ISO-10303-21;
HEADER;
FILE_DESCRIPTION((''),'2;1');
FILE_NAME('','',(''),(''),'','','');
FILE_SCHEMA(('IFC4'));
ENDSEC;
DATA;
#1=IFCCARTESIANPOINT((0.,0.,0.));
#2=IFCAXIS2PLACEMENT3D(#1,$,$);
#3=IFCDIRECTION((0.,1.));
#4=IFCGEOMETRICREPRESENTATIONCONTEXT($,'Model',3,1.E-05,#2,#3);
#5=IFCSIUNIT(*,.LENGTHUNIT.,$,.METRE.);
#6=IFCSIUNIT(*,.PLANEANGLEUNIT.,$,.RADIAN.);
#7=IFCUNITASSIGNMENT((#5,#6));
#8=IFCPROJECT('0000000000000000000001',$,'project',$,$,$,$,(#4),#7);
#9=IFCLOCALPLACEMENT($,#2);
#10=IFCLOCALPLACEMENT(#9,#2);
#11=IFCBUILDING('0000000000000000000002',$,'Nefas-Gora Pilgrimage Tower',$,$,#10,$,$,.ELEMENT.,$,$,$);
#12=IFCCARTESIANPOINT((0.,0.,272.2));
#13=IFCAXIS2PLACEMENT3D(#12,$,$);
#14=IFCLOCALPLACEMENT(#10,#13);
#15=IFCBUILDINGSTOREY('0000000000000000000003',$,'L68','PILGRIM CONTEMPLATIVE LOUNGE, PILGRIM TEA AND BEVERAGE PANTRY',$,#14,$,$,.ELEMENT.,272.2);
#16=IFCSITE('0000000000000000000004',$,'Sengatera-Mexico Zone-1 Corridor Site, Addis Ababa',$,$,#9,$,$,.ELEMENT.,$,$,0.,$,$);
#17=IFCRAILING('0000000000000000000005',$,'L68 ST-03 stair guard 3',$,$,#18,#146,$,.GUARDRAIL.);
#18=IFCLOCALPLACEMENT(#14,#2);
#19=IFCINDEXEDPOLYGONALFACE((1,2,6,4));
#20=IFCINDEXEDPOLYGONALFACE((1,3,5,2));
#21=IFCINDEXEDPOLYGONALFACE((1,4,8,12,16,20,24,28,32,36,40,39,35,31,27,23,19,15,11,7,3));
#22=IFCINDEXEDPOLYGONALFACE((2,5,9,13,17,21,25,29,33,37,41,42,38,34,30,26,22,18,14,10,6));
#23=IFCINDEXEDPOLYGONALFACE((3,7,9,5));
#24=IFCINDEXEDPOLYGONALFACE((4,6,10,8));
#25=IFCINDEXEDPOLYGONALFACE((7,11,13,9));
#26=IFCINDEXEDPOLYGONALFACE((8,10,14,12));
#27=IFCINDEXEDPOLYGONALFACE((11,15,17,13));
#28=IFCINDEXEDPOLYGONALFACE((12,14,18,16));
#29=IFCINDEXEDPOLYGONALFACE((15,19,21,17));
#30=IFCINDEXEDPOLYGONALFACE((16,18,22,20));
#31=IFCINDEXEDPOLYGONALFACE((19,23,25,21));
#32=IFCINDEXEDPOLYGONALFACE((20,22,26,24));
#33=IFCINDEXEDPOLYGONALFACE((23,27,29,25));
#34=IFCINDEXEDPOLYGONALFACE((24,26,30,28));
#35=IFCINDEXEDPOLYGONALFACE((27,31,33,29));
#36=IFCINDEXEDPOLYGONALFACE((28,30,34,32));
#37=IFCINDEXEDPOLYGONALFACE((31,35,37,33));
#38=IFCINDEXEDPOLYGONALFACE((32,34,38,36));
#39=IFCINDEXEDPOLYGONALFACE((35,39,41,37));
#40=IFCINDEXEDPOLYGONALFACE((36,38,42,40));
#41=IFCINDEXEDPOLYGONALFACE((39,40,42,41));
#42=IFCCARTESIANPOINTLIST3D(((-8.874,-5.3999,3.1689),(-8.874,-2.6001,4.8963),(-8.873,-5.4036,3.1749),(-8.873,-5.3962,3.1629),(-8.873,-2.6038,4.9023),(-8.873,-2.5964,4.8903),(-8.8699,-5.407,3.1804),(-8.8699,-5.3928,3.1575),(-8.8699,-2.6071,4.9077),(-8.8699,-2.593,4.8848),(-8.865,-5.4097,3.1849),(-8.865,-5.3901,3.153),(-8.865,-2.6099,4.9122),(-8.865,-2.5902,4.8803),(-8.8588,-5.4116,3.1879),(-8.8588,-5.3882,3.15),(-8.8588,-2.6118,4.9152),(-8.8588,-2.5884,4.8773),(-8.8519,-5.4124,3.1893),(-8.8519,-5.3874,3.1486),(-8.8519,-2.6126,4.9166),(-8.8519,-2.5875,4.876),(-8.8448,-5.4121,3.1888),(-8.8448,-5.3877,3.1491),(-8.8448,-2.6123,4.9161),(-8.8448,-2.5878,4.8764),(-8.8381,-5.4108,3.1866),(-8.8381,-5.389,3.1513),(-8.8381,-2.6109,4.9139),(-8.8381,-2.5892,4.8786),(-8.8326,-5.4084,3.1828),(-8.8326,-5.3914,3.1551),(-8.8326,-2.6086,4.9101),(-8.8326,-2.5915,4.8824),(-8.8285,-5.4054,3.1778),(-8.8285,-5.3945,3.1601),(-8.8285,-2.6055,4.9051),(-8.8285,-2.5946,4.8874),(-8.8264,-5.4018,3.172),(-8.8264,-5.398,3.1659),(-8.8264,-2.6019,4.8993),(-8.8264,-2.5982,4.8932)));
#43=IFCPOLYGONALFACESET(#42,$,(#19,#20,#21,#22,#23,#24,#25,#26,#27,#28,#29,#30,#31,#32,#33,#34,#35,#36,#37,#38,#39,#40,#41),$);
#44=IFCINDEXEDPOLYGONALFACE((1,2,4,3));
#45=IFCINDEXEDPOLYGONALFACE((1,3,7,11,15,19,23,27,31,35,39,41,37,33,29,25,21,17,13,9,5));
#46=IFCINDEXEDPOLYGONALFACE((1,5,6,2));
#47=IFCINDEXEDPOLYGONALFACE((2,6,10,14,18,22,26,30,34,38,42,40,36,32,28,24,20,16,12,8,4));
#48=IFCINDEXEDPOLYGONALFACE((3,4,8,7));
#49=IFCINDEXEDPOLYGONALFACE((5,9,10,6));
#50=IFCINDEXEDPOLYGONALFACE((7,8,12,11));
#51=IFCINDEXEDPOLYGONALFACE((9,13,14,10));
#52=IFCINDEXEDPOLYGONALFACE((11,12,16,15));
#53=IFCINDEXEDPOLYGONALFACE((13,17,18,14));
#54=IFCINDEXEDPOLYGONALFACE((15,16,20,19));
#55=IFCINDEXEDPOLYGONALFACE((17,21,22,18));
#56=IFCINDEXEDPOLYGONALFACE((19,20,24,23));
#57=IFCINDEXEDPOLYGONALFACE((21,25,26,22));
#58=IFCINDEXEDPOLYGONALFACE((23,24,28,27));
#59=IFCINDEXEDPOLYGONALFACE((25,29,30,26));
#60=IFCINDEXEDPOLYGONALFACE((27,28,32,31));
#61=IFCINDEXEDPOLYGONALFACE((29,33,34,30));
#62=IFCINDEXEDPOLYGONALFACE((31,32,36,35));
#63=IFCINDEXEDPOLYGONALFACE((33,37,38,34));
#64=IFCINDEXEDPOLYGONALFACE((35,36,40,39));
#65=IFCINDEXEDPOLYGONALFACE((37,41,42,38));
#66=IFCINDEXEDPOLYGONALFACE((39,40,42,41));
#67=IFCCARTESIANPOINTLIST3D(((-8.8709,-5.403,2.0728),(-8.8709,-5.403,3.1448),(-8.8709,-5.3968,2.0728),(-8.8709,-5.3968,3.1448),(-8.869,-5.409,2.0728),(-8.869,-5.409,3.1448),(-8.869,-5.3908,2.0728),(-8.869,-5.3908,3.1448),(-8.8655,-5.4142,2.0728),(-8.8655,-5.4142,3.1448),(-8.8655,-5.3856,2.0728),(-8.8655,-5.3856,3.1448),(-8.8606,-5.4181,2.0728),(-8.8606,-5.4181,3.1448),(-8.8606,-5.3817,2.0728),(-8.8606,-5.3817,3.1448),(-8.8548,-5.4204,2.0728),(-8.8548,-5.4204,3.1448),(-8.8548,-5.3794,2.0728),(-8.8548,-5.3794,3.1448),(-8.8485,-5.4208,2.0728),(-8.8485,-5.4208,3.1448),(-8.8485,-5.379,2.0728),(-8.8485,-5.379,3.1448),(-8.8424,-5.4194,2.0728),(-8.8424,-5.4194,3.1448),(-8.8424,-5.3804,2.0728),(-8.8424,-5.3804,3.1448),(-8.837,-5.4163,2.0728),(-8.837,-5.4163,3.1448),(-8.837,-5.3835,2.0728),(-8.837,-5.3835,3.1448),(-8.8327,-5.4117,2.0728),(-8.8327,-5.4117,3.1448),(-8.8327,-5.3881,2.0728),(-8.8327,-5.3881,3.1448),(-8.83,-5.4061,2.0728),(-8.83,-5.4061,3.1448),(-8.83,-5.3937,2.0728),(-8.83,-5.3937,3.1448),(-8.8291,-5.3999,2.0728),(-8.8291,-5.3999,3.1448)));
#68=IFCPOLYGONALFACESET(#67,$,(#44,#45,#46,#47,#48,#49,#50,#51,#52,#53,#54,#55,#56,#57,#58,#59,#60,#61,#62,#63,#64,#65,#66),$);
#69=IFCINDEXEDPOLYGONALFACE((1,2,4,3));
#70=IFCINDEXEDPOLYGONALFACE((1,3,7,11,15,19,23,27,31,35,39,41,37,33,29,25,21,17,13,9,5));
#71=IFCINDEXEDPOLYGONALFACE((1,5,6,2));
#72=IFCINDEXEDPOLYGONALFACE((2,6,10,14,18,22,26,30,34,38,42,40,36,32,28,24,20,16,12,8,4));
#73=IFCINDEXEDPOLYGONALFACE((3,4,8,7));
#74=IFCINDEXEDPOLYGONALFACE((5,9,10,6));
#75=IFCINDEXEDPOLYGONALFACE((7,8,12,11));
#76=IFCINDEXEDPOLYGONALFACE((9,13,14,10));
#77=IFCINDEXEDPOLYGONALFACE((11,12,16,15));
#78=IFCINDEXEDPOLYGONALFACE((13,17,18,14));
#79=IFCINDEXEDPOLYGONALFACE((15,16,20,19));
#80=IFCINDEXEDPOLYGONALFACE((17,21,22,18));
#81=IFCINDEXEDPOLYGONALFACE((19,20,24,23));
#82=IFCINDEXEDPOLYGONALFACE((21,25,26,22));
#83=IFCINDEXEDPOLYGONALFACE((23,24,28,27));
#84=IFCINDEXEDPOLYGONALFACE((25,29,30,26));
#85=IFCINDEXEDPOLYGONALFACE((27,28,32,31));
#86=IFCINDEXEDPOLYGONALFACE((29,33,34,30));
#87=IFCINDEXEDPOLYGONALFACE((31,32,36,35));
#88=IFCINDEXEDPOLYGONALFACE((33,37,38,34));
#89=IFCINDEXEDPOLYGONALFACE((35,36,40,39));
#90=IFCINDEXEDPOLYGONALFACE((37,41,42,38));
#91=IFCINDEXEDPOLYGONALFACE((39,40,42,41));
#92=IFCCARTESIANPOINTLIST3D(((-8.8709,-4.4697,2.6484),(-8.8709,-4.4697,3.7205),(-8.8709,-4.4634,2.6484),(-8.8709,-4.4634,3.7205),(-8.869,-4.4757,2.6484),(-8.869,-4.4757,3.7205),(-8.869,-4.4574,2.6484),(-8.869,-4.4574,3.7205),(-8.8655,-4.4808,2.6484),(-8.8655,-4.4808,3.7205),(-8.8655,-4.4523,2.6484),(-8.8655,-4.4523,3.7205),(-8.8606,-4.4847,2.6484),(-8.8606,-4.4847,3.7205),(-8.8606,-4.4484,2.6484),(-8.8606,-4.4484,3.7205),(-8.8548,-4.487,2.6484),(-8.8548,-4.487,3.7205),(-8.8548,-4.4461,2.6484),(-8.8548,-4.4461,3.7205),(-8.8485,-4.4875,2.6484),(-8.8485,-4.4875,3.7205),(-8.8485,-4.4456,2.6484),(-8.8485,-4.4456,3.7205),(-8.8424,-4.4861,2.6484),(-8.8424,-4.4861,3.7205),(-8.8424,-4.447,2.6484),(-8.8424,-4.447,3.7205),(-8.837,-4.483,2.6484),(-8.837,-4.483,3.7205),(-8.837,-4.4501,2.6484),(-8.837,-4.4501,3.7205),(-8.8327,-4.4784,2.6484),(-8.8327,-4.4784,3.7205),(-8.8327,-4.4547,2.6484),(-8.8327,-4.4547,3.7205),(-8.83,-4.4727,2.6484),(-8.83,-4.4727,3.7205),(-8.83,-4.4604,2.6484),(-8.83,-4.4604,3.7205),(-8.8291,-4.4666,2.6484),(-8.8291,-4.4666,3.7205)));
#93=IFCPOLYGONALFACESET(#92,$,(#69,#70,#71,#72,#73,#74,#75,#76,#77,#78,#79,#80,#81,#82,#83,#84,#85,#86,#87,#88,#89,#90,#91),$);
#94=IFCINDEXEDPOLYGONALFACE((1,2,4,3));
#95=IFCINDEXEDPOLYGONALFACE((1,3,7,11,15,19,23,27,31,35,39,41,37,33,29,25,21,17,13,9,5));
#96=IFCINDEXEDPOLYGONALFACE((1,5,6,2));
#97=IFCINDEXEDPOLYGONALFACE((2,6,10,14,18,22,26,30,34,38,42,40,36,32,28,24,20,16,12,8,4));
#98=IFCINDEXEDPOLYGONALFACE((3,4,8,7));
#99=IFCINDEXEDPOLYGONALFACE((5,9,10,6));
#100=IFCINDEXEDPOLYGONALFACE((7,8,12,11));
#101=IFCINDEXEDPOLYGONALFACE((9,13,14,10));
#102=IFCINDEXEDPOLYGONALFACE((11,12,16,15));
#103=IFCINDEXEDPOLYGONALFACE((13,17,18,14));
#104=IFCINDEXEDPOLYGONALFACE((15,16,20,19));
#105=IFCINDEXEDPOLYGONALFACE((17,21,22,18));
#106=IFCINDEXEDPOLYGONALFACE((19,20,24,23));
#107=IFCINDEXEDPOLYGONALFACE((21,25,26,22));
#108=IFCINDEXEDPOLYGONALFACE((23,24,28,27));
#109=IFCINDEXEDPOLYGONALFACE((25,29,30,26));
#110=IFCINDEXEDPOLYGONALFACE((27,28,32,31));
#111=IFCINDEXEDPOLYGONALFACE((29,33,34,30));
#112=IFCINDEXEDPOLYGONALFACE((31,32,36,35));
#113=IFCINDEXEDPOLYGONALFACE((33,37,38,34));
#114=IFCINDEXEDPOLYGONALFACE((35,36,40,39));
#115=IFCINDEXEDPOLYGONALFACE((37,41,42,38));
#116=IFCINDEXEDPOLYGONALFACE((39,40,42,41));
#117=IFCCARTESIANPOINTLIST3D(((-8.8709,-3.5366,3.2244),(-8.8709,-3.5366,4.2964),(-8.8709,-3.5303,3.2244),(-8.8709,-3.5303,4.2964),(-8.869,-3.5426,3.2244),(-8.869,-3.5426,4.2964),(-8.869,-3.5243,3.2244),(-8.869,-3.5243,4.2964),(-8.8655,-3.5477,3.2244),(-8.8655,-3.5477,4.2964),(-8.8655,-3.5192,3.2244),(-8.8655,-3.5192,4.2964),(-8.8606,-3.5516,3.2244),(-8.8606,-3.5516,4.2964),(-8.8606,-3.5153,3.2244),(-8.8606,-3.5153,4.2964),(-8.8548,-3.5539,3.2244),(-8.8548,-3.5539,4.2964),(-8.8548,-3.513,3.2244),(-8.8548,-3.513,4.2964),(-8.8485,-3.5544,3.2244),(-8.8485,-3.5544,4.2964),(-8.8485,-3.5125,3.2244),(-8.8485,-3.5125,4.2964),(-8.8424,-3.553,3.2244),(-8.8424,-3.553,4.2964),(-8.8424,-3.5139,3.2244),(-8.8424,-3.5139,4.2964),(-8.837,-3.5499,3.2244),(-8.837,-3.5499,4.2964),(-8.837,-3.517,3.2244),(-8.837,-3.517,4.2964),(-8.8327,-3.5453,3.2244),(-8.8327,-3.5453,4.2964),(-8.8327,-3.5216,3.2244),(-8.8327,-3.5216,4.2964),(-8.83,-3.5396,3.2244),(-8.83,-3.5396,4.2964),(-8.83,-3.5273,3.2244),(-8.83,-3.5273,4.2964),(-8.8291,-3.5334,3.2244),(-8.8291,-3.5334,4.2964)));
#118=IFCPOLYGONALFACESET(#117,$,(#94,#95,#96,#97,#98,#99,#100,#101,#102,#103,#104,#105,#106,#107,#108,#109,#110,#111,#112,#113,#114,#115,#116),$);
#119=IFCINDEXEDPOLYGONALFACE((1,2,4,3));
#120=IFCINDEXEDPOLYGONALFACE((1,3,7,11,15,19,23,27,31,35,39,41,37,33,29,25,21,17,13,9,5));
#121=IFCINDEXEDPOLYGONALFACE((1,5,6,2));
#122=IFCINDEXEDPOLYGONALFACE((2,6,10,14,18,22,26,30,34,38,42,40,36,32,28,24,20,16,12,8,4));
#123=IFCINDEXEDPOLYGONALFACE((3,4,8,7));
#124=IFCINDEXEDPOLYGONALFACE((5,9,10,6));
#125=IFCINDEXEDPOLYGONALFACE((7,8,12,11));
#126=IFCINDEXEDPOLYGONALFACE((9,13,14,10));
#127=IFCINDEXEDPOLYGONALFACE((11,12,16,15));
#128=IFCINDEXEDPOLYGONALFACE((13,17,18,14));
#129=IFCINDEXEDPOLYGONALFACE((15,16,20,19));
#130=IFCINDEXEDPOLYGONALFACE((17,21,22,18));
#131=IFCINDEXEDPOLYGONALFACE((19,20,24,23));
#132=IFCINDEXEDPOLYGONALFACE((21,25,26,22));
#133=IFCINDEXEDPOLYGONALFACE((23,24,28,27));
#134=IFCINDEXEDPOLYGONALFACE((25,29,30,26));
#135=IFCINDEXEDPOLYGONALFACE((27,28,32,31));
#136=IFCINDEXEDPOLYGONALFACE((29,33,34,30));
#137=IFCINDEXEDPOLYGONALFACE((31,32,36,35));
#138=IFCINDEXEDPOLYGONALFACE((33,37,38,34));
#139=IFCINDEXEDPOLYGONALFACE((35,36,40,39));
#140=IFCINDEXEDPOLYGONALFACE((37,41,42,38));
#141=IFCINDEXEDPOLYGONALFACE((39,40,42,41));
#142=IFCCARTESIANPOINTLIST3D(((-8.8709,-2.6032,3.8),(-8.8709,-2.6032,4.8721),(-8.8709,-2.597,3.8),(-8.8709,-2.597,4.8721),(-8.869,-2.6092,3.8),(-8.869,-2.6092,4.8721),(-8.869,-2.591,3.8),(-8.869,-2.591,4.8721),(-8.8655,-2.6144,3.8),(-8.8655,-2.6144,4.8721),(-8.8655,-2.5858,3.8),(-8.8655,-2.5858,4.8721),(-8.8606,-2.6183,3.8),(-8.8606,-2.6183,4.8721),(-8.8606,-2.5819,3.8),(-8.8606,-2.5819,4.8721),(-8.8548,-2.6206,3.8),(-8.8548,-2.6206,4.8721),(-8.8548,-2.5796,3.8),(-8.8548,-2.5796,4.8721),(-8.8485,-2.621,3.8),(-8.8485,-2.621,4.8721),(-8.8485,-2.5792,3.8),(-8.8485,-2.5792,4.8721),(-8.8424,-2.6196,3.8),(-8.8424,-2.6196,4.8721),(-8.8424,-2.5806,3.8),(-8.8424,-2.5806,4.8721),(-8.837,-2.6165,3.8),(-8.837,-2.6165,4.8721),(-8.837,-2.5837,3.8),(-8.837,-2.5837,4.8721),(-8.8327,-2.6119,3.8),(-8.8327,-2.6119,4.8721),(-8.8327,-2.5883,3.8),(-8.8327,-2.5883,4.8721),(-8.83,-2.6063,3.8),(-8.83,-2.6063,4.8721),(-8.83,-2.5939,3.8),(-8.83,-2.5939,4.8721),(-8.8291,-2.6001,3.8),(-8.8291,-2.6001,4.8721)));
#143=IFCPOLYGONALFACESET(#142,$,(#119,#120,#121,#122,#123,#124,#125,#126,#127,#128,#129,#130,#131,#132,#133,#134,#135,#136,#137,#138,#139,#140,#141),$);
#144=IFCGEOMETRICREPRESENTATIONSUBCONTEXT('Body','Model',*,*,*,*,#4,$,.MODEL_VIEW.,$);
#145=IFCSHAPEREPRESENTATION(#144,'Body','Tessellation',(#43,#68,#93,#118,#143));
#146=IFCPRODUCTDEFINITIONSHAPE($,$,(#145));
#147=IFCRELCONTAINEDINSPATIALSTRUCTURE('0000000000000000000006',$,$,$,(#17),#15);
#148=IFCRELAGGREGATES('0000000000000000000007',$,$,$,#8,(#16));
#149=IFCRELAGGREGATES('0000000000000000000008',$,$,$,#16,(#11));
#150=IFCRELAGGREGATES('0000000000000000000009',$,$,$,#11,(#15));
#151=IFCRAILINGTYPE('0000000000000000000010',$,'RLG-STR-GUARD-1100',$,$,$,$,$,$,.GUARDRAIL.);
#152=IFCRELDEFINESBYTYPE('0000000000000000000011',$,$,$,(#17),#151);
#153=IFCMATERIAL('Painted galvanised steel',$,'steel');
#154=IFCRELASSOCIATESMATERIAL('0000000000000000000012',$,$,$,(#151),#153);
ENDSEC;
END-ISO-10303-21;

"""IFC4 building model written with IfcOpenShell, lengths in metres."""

from ifc_helpers import new_model, si_unit, direction, frame, origin, origin_2d, place, context, subcontext, project, spatial, circle, extrude, material, type_object, element, save


model = new_model("IFC4")

# Units and contexts
model_context = context("Model", 3, precision=1e-05, world=origin(), true_north=direction((0.0, 1.0)))
body_context = subcontext(model_context, "Body", "Model", "MODEL_VIEW")
ifc_project = project(units=[si_unit("LENGTHUNIT", "METRE"), si_unit("PLANEANGLEUNIT", "RADIAN")], contexts=[model_context])

# Site, building, storey
site_placement = place(None, origin())
site = spatial("IfcSite", under=ifc_project, at=site_placement, Name="Sengatera-Mexico Zone-1 Corridor Site, Addis Ababa", CompositionType="ELEMENT", RefElevation=0.0)
building_placement = place(site_placement, origin())
building = spatial("IfcBuilding", under=site, at=building_placement, Name="Nefas-Gora Pilgrimage Tower", CompositionType="ELEMENT")
storey_placement = place(building_placement, frame((0.0, 0.0, 272.2)))
storey = spatial("IfcBuildingStorey", under=building, at=storey_placement, Name="L68", Description="PILGRIM CONTEMPLATIVE LOUNGE, PILGRIM TEA AND BEVERAGE PANTRY", CompositionType="ELEMENT", Elevation=272.2)

# Railing
ifc_material_1 = material(Name="Painted galvanised steel", Category="steel")
railing_type_1 = type_object("IfcRailingType", Name="RLG-STR-GUARD-1100", PredefinedType="GUARDRAIL", material=ifc_material_1)
railing_1_placement = place(storey_placement, frame((-8.8501, -5.3999, 2.0728)))
element("IfcRailing", 1, at=railing_1_placement, inside=storey, type_object=railing_type_1, Name="L68 ST-03 stair guard 3", PredefinedType="GUARDRAIL", context=body_context, shape_type="SweptSolid", body=[
    extrude(circle(Radius=0.0239, at=origin_2d()), frame((0.0, 0.0, 1.0962), z_axis=(0.0, 0.851069, 0.525054), x_axis=(-1.0, 0.0, 0.0)), (0.0, 0.0, 1.0), 3.2898),
    extrude(circle(Radius=0.021, at=origin_2d()), origin(), (0.0, 0.0, 1.0), 1.072),
    extrude(circle(Radius=0.021, at=origin_2d()), frame((0.0, 0.9333, 0.5757)), (0.0, 0.0, 1.0), 1.072),
    extrude(circle(Radius=0.021, at=origin_2d()), frame((0.0, 1.8665, 1.1516)), (0.0, 0.0, 1.0), 1.072),
    extrude(circle(Radius=0.021, at=origin_2d()), frame((0.0, 2.7998, 1.7273)), (0.0, 0.0, 1.0), 1.072),
])

save(model, "model.ifc")
